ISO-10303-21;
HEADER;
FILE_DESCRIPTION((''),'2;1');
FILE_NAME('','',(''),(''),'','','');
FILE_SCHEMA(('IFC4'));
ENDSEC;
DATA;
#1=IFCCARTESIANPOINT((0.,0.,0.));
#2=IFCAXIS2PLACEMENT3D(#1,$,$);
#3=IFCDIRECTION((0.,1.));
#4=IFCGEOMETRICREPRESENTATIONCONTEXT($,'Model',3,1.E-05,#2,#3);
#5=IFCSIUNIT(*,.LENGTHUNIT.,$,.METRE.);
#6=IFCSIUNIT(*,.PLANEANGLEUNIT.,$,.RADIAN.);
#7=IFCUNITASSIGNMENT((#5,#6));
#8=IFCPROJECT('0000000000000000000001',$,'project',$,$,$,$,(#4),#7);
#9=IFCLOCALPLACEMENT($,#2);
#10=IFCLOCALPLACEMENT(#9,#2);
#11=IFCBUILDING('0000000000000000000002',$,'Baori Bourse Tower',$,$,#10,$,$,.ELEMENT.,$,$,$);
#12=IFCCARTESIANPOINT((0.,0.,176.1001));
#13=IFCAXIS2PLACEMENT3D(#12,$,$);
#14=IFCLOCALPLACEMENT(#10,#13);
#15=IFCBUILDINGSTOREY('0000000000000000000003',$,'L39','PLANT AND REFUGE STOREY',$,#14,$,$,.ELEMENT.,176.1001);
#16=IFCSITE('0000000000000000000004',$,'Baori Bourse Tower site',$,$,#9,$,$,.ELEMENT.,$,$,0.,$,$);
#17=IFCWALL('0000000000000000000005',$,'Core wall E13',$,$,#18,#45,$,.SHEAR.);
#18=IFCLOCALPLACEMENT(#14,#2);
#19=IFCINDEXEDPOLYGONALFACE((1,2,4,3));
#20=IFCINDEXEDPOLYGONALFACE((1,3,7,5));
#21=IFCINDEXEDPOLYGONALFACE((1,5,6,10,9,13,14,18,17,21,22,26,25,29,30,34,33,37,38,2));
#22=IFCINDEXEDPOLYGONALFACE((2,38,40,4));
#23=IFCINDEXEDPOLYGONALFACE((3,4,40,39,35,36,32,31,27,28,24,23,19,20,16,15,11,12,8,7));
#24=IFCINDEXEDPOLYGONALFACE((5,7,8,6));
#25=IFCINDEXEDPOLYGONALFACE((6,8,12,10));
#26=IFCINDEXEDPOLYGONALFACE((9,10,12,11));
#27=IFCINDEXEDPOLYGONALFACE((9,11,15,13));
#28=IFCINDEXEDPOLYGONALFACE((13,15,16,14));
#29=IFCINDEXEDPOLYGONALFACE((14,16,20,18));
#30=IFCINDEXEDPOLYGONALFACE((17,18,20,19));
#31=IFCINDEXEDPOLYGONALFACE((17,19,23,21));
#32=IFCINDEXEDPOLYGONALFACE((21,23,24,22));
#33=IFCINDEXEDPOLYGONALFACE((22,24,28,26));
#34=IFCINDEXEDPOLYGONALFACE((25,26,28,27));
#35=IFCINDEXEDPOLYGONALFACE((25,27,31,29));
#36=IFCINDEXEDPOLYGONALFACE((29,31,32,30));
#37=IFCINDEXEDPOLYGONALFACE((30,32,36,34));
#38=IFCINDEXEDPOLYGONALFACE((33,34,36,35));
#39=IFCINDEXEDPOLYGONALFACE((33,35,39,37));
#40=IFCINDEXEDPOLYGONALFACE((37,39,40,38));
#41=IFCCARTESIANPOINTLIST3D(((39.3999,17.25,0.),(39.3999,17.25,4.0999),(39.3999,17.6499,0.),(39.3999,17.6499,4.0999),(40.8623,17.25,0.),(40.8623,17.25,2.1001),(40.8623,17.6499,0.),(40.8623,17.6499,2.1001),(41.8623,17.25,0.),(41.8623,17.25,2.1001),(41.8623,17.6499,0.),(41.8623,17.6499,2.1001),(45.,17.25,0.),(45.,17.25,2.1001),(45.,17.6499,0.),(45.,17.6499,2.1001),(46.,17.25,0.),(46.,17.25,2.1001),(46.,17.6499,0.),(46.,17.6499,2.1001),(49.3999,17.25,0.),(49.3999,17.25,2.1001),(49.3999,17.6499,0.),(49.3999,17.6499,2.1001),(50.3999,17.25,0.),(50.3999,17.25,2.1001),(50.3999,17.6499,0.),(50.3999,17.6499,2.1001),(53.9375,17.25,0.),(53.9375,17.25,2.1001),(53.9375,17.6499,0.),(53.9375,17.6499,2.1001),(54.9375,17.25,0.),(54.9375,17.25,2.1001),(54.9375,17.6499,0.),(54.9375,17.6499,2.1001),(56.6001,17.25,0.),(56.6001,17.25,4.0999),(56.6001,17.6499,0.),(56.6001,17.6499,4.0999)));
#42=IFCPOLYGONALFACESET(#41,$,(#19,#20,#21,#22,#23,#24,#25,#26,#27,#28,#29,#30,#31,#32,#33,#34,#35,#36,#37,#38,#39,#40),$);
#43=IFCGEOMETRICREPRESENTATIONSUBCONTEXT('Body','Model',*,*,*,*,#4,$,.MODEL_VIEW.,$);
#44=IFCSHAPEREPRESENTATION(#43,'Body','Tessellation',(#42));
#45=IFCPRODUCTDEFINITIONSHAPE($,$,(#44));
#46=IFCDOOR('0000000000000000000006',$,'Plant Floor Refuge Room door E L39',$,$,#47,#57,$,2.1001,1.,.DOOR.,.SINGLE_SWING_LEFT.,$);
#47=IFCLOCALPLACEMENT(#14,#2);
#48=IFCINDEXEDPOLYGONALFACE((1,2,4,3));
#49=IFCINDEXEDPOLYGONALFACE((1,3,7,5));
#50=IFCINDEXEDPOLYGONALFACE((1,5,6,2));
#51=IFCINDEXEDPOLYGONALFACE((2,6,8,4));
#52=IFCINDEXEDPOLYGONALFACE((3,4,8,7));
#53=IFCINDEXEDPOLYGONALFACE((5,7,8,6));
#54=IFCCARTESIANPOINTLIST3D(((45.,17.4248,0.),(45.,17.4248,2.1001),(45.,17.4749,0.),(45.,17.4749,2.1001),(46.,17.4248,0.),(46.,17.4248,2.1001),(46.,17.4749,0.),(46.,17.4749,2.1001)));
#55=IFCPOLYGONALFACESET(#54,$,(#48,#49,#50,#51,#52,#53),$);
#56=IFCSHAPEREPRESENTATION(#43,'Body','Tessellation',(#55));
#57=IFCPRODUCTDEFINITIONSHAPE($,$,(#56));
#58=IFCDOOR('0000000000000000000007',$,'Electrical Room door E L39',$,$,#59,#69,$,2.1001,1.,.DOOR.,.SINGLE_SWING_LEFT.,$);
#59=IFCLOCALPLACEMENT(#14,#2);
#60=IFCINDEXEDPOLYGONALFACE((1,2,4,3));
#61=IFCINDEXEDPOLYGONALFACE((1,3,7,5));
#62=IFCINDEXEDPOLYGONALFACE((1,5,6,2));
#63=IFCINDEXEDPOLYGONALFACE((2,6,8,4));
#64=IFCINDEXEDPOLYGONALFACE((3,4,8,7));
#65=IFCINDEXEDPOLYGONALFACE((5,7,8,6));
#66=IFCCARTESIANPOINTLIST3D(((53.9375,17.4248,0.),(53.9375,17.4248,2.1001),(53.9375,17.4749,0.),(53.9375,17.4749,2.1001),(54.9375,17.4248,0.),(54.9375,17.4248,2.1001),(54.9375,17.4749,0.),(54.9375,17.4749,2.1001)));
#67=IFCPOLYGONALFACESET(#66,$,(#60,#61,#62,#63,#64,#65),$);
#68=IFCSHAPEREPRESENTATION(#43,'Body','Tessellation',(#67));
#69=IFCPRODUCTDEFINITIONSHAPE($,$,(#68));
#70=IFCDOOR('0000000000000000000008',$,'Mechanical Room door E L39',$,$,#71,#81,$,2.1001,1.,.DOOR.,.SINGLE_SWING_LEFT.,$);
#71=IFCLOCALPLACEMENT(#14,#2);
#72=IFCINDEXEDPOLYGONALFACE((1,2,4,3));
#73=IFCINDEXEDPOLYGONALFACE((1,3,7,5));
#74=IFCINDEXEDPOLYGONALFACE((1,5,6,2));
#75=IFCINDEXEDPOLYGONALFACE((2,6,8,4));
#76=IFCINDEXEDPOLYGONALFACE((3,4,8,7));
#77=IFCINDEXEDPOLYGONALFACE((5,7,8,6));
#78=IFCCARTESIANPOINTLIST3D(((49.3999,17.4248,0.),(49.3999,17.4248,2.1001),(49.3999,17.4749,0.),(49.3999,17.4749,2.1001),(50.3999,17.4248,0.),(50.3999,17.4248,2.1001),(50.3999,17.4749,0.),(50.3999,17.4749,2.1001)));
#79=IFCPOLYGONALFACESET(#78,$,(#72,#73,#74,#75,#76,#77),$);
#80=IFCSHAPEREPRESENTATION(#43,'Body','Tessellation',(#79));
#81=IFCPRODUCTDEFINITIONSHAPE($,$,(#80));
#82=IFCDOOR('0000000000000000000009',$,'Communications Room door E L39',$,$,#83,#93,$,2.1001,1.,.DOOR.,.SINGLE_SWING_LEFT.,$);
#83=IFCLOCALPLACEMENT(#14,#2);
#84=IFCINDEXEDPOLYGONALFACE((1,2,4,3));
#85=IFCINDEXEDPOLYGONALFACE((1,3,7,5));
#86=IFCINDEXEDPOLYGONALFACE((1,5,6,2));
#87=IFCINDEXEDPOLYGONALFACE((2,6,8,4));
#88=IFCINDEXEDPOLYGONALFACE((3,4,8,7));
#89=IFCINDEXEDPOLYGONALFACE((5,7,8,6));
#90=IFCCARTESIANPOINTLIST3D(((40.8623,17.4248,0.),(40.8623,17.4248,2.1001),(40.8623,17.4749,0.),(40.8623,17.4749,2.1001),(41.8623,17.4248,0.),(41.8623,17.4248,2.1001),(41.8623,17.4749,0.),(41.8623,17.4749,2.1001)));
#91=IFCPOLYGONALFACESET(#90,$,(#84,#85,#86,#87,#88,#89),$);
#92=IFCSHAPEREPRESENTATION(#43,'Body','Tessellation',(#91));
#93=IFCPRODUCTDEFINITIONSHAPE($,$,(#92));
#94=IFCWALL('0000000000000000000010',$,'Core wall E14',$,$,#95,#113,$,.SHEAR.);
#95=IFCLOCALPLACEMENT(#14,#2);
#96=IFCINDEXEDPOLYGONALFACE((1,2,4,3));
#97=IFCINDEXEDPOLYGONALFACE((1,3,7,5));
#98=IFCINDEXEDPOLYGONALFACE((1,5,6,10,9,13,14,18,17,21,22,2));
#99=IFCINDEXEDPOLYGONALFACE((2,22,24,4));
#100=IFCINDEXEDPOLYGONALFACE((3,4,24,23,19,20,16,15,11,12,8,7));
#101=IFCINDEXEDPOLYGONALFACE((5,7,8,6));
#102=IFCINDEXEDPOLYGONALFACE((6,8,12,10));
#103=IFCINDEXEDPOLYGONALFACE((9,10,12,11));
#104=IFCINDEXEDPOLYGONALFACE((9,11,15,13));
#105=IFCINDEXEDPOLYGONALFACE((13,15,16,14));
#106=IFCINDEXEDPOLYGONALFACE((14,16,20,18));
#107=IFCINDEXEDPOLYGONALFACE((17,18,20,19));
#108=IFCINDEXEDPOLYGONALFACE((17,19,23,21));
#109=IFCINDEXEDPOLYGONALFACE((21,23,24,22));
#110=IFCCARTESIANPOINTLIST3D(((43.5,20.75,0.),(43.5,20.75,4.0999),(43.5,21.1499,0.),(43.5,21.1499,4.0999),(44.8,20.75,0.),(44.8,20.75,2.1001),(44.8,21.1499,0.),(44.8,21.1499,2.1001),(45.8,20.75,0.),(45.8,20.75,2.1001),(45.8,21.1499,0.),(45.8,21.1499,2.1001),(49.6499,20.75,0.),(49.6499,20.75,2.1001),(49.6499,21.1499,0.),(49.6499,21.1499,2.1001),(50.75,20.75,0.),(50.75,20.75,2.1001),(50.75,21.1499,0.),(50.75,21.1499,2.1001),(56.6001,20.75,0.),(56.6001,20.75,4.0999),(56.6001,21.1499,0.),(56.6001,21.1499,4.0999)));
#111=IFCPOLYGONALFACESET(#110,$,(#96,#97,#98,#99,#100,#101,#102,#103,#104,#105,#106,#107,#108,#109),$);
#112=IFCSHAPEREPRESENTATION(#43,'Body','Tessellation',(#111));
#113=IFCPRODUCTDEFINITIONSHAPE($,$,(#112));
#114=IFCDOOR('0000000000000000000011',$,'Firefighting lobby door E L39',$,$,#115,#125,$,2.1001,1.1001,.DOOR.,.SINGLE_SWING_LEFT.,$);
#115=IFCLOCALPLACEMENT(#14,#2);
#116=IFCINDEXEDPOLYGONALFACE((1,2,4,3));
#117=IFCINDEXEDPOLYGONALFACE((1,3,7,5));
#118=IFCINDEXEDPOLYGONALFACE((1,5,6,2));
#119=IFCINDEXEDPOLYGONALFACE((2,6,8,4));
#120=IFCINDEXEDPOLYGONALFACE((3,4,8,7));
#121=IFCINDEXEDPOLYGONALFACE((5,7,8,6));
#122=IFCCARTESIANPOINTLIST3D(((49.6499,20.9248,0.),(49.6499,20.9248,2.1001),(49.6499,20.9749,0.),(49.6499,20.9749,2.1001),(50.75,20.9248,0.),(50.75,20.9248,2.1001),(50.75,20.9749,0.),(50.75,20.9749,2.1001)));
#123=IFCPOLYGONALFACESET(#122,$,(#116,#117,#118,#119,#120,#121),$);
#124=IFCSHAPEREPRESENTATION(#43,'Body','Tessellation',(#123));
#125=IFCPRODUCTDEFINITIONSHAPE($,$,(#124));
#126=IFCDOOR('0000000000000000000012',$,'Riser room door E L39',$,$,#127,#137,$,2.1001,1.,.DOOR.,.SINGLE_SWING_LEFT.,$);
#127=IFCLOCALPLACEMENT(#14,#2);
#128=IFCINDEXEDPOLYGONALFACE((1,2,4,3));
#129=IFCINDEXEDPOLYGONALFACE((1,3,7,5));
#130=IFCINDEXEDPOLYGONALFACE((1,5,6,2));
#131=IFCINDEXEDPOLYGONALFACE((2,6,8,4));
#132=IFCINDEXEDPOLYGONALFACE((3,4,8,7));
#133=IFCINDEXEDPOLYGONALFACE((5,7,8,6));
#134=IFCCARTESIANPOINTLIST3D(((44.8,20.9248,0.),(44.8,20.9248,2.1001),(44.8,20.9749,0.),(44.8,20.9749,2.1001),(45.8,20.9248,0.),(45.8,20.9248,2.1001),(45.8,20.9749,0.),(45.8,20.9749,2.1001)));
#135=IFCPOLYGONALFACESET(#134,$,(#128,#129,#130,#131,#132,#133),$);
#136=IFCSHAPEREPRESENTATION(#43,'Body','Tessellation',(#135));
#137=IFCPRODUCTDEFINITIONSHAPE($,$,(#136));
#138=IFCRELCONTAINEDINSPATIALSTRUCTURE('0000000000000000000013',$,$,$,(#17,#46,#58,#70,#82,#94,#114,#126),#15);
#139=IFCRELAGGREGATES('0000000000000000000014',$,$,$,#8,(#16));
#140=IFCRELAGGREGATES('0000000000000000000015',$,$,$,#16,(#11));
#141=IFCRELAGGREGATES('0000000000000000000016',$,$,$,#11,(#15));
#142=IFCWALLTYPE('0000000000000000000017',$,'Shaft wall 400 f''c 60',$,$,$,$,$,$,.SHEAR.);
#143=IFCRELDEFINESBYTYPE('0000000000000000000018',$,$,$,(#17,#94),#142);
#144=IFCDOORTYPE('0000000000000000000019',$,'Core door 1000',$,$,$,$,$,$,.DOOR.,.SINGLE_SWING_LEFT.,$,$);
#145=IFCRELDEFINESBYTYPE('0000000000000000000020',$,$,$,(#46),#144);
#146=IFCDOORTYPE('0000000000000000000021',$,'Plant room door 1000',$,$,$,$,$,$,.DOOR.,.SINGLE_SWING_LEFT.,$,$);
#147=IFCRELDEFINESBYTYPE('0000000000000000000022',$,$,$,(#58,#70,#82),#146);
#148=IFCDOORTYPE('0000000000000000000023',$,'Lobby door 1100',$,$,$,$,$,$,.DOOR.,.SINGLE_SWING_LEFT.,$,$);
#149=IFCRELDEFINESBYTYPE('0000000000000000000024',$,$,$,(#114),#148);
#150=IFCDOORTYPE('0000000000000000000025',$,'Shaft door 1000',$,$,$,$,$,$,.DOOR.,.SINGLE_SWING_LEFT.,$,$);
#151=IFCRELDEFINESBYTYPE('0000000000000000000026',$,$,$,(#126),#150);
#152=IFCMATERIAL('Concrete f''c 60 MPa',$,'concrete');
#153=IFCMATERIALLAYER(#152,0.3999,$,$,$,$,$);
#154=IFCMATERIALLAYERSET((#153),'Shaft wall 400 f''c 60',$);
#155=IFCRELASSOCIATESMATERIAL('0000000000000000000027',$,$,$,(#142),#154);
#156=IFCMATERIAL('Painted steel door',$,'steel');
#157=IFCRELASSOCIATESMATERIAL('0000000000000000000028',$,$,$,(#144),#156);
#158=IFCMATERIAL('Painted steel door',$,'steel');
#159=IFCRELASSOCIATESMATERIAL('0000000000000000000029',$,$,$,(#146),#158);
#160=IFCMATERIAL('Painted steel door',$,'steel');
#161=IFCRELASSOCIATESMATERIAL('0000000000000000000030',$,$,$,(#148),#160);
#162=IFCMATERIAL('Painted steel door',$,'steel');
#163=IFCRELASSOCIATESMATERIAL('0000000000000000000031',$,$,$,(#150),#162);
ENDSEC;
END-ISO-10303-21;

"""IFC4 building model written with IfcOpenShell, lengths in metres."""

from ifc_helpers import new_model, si_unit, direction, frame, frame_2d, origin, place, context, subcontext, project, spatial, rectangle, extrude, material, layer, layer_set, type_object, element, fill, save


model = new_model("IFC4")

# Units and contexts
model_context = context("Model", 3, precision=1e-05, world=origin(), true_north=direction((0.0, 1.0)))
body_context = subcontext(model_context, "Body", "Model", "MODEL_VIEW")
ifc_project = project(units=[si_unit("LENGTHUNIT", "METRE"), si_unit("PLANEANGLEUNIT", "RADIAN")], contexts=[model_context])

# Site, building, storey
site_placement = place(None, origin())
site = spatial("IfcSite", under=ifc_project, at=site_placement, Name="Baori Bourse Tower site", CompositionType="ELEMENT", RefElevation=0.0)
building_placement = place(site_placement, origin())
building = spatial("IfcBuilding", under=site, at=building_placement, Name="Baori Bourse Tower", CompositionType="ELEMENT")
storey_placement = place(building_placement, frame((0.0, 0.0, 176.1001)))
storey = spatial("IfcBuildingStorey", under=building, at=storey_placement, Name="L39", Description="PLANT AND REFUGE STOREY", CompositionType="ELEMENT", Elevation=176.1001)

# Shared definitions
ifc_material_1 = material(Name="Concrete f'c 60 MPa", Category="concrete")
ifc_layer_1 = layer(ifc_material_1, 0.3999)
ifc_layer_set_1 = layer_set([ifc_layer_1], Name="Shaft wall 400 f'c 60")
wall_type_1 = type_object("IfcWallType", Name="Shaft wall 400 f'c 60", PredefinedType="SHEAR", material=ifc_layer_set_1)

# Walls, openings, doors
wall_1_placement = place(storey_placement, frame((39.3999, 17.45, 0.0), z_axis=(0.0, 0.0, 1.0), x_axis=(1.0, 0.0, 0.0)))
wall_1 = element("IfcWall", 1, at=wall_1_placement, inside=storey, type_object=wall_type_1, Name="Core wall E13", PredefinedType="SHEAR", context=body_context, shape_type="SweptSolid", body=[
    extrude(rectangle(XDim=17.2002, YDim=0.3999, at=frame_2d((8.6001, 0.0))), origin(), (0.0, 0.0, 1.0), 4.0999),
])
opening_1_placement = place(wall_1_placement, frame((14.5376, 0.0, 0.0)))
opening_1 = element("IfcOpeningElement", 2, at=opening_1_placement, cuts=wall_1, PredefinedType="OPENING", context=body_context, shape_type="SweptSolid", body=[
    extrude(rectangle(XDim=1.0, YDim=2.1001, at=frame_2d((0.5, 1.05))), frame((0.0, 0.21, 0.0), z_axis=(0.0, -1.0, 0.0), x_axis=(1.0, 0.0, 0.0)), (0.0, 0.0, 1.0), 0.4199),
])
opening_2_placement = place(wall_1_placement, frame((10.0, 0.0, 0.0)))
opening_2 = element("IfcOpeningElement", 3, at=opening_2_placement, cuts=wall_1, PredefinedType="OPENING", context=body_context, shape_type="SweptSolid", body=[
    extrude(rectangle(XDim=1.0, YDim=2.1001, at=frame_2d((0.5, 1.05))), frame((0.0, 0.21, 0.0), z_axis=(0.0, -1.0, 0.0), x_axis=(1.0, 0.0, 0.0)), (0.0, 0.0, 1.0), 0.4199),
])
opening_3_placement = place(wall_1_placement, frame((5.6001, 0.0, 0.0)))
opening_3 = element("IfcOpeningElement", 4, at=opening_3_placement, cuts=wall_1, PredefinedType="OPENING", context=body_context, shape_type="SweptSolid", body=[
    extrude(rectangle(XDim=1.0, YDim=2.1001, at=frame_2d((0.5, 1.05))), frame((0.0, 0.21, 0.0), z_axis=(0.0, -1.0, 0.0), x_axis=(1.0, 0.0, 0.0)), (0.0, 0.0, 1.0), 0.4199),
])
opening_4_placement = place(wall_1_placement, frame((1.4624, 0.0, 0.0)))
opening_4 = element("IfcOpeningElement", 5, at=opening_4_placement, cuts=wall_1, PredefinedType="OPENING", context=body_context, shape_type="SweptSolid", body=[
    extrude(rectangle(XDim=1.0, YDim=2.1001, at=frame_2d((0.5, 1.05))), frame((0.0, 0.21, 0.0), z_axis=(0.0, -1.0, 0.0), x_axis=(1.0, 0.0, 0.0)), (0.0, 0.0, 1.0), 0.4199),
])
ifc_material_2 = material(Name="Painted steel door", Category="steel")
door_type_1 = type_object("IfcDoorType", Name="Core door 1000", OperationType="SINGLE_SWING_LEFT", PredefinedType="DOOR", material=ifc_material_2)
door_1_placement = place(opening_3_placement, origin())
door_1 = element("IfcDoor", 6, at=door_1_placement, inside=storey, type_object=door_type_1, Name="Plant Floor Refuge Room door E L39", OperationType="SINGLE_SWING_LEFT", OverallHeight=2.1001, OverallWidth=1.0, PredefinedType="DOOR", context=body_context, shape_type="SweptSolid", body=[
    extrude(rectangle(XDim=1.0, YDim=2.1001, at=frame_2d((0.5, 1.05))), frame((0.0, 0.0249, 0.0), z_axis=(0.0, -1.0, 0.0), x_axis=(1.0, 0.0, 0.0)), (0.0, 0.0, 1.0), 0.05),
])
fill(opening_3, door_1)
ifc_material_3 = material(Name="Painted steel door", Category="steel")
door_type_2 = type_object("IfcDoorType", Name="Plant room door 1000", OperationType="SINGLE_SWING_LEFT", PredefinedType="DOOR", material=ifc_material_3)
door_2_placement = place(opening_1_placement, origin())
door_2 = element("IfcDoor", 7, at=door_2_placement, inside=storey, type_object=door_type_2, Name="Electrical Room door E L39", OperationType="SINGLE_SWING_LEFT", OverallHeight=2.1001, OverallWidth=1.0, PredefinedType="DOOR", context=body_context, shape_type="SweptSolid", body=[
    extrude(rectangle(XDim=1.0, YDim=2.1001, at=frame_2d((0.5, 1.05))), frame((0.0, 0.0249, 0.0), z_axis=(0.0, -1.0, 0.0), x_axis=(1.0, 0.0, 0.0)), (0.0, 0.0, 1.0), 0.05),
])
fill(opening_1, door_2)
door_3_placement = place(opening_2_placement, origin())
door_3 = element("IfcDoor", 8, at=door_3_placement, inside=storey, type_object=door_type_2, Name="Mechanical Room door E L39", OperationType="SINGLE_SWING_LEFT", OverallHeight=2.1001, OverallWidth=1.0, PredefinedType="DOOR", context=body_context, shape_type="SweptSolid", body=[
    extrude(rectangle(XDim=1.0, YDim=2.1001, at=frame_2d((0.5, 1.05))), frame((0.0, 0.0249, 0.0), z_axis=(0.0, -1.0, 0.0), x_axis=(1.0, 0.0, 0.0)), (0.0, 0.0, 1.0), 0.05),
])
fill(opening_2, door_3)
door_4_placement = place(opening_4_placement, origin())
door_4 = element("IfcDoor", 9, at=door_4_placement, inside=storey, type_object=door_type_2, Name="Communications Room door E L39", OperationType="SINGLE_SWING_LEFT", OverallHeight=2.1001, OverallWidth=1.0, PredefinedType="DOOR", context=body_context, shape_type="SweptSolid", body=[
    extrude(rectangle(XDim=1.0, YDim=2.1001, at=frame_2d((0.5, 1.05))), frame((0.0, 0.0249, 0.0), z_axis=(0.0, -1.0, 0.0), x_axis=(1.0, 0.0, 0.0)), (0.0, 0.0, 1.0), 0.05),
])
fill(opening_4, door_4)
wall_2_placement = place(storey_placement, frame((43.5, 20.95, 0.0), z_axis=(0.0, 0.0, 1.0), x_axis=(1.0, 0.0, 0.0)))
wall_2 = element("IfcWall", 10, at=wall_2_placement, inside=storey, type_object=wall_type_1, Name="Core wall E14", PredefinedType="SHEAR", context=body_context, shape_type="SweptSolid", body=[
    extrude(rectangle(XDim=13.1001, YDim=0.3999, at=frame_2d((6.55, 0.0))), origin(), (0.0, 0.0, 1.0), 4.0999),
])
opening_5_placement = place(wall_2_placement, frame((6.1499, 0.0, 0.0)))
opening_5 = element("IfcOpeningElement", 11, at=opening_5_placement, cuts=wall_2, PredefinedType="OPENING", context=body_context, shape_type="SweptSolid", body=[
    extrude(rectangle(XDim=1.1001, YDim=2.1001, at=frame_2d((0.55, 1.05))), frame((0.0, 0.21, 0.0), z_axis=(0.0, -1.0, 0.0), x_axis=(1.0, 0.0, 0.0)), (0.0, 0.0, 1.0), 0.4199),
])
opening_6_placement = place(wall_2_placement, frame((1.3, 0.0, 0.0)))
opening_6 = element("IfcOpeningElement", 12, at=opening_6_placement, cuts=wall_2, PredefinedType="OPENING", context=body_context, shape_type="SweptSolid", body=[
    extrude(rectangle(XDim=1.0, YDim=2.1001, at=frame_2d((0.5, 1.05))), frame((0.0, 0.21, 0.0), z_axis=(0.0, -1.0, 0.0), x_axis=(1.0, 0.0, 0.0)), (0.0, 0.0, 1.0), 0.4199),
])
ifc_material_4 = material(Name="Painted steel door", Category="steel")
door_type_3 = type_object("IfcDoorType", Name="Lobby door 1100", OperationType="SINGLE_SWING_LEFT", PredefinedType="DOOR", material=ifc_material_4)
door_5_placement = place(opening_5_placement, origin())
door_5 = element("IfcDoor", 13, at=door_5_placement, inside=storey, type_object=door_type_3, Name="Firefighting lobby door E L39", OperationType="SINGLE_SWING_LEFT", OverallHeight=2.1001, OverallWidth=1.1001, PredefinedType="DOOR", context=body_context, shape_type="SweptSolid", body=[
    extrude(rectangle(XDim=1.1001, YDim=2.1001, at=frame_2d((0.55, 1.05))), frame((0.0, 0.0249, 0.0), z_axis=(0.0, -1.0, 0.0), x_axis=(1.0, 0.0, 0.0)), (0.0, 0.0, 1.0), 0.05),
])
fill(opening_5, door_5)
ifc_material_5 = material(Name="Painted steel door", Category="steel")
door_type_4 = type_object("IfcDoorType", Name="Shaft door 1000", OperationType="SINGLE_SWING_LEFT", PredefinedType="DOOR", material=ifc_material_5)
door_6_placement = place(opening_6_placement, origin())
door_6 = element("IfcDoor", 14, at=door_6_placement, inside=storey, type_object=door_type_4, Name="Riser room door E L39", OperationType="SINGLE_SWING_LEFT", OverallHeight=2.1001, OverallWidth=1.0, PredefinedType="DOOR", context=body_context, shape_type="SweptSolid", body=[
    extrude(rectangle(XDim=1.0, YDim=2.1001, at=frame_2d((0.5, 1.05))), frame((0.0, 0.0249, 0.0), z_axis=(0.0, -1.0, 0.0), x_axis=(1.0, 0.0, 0.0)), (0.0, 0.0, 1.0), 0.05),
])
fill(opening_6, door_6)

save(model, "model.ifc")
